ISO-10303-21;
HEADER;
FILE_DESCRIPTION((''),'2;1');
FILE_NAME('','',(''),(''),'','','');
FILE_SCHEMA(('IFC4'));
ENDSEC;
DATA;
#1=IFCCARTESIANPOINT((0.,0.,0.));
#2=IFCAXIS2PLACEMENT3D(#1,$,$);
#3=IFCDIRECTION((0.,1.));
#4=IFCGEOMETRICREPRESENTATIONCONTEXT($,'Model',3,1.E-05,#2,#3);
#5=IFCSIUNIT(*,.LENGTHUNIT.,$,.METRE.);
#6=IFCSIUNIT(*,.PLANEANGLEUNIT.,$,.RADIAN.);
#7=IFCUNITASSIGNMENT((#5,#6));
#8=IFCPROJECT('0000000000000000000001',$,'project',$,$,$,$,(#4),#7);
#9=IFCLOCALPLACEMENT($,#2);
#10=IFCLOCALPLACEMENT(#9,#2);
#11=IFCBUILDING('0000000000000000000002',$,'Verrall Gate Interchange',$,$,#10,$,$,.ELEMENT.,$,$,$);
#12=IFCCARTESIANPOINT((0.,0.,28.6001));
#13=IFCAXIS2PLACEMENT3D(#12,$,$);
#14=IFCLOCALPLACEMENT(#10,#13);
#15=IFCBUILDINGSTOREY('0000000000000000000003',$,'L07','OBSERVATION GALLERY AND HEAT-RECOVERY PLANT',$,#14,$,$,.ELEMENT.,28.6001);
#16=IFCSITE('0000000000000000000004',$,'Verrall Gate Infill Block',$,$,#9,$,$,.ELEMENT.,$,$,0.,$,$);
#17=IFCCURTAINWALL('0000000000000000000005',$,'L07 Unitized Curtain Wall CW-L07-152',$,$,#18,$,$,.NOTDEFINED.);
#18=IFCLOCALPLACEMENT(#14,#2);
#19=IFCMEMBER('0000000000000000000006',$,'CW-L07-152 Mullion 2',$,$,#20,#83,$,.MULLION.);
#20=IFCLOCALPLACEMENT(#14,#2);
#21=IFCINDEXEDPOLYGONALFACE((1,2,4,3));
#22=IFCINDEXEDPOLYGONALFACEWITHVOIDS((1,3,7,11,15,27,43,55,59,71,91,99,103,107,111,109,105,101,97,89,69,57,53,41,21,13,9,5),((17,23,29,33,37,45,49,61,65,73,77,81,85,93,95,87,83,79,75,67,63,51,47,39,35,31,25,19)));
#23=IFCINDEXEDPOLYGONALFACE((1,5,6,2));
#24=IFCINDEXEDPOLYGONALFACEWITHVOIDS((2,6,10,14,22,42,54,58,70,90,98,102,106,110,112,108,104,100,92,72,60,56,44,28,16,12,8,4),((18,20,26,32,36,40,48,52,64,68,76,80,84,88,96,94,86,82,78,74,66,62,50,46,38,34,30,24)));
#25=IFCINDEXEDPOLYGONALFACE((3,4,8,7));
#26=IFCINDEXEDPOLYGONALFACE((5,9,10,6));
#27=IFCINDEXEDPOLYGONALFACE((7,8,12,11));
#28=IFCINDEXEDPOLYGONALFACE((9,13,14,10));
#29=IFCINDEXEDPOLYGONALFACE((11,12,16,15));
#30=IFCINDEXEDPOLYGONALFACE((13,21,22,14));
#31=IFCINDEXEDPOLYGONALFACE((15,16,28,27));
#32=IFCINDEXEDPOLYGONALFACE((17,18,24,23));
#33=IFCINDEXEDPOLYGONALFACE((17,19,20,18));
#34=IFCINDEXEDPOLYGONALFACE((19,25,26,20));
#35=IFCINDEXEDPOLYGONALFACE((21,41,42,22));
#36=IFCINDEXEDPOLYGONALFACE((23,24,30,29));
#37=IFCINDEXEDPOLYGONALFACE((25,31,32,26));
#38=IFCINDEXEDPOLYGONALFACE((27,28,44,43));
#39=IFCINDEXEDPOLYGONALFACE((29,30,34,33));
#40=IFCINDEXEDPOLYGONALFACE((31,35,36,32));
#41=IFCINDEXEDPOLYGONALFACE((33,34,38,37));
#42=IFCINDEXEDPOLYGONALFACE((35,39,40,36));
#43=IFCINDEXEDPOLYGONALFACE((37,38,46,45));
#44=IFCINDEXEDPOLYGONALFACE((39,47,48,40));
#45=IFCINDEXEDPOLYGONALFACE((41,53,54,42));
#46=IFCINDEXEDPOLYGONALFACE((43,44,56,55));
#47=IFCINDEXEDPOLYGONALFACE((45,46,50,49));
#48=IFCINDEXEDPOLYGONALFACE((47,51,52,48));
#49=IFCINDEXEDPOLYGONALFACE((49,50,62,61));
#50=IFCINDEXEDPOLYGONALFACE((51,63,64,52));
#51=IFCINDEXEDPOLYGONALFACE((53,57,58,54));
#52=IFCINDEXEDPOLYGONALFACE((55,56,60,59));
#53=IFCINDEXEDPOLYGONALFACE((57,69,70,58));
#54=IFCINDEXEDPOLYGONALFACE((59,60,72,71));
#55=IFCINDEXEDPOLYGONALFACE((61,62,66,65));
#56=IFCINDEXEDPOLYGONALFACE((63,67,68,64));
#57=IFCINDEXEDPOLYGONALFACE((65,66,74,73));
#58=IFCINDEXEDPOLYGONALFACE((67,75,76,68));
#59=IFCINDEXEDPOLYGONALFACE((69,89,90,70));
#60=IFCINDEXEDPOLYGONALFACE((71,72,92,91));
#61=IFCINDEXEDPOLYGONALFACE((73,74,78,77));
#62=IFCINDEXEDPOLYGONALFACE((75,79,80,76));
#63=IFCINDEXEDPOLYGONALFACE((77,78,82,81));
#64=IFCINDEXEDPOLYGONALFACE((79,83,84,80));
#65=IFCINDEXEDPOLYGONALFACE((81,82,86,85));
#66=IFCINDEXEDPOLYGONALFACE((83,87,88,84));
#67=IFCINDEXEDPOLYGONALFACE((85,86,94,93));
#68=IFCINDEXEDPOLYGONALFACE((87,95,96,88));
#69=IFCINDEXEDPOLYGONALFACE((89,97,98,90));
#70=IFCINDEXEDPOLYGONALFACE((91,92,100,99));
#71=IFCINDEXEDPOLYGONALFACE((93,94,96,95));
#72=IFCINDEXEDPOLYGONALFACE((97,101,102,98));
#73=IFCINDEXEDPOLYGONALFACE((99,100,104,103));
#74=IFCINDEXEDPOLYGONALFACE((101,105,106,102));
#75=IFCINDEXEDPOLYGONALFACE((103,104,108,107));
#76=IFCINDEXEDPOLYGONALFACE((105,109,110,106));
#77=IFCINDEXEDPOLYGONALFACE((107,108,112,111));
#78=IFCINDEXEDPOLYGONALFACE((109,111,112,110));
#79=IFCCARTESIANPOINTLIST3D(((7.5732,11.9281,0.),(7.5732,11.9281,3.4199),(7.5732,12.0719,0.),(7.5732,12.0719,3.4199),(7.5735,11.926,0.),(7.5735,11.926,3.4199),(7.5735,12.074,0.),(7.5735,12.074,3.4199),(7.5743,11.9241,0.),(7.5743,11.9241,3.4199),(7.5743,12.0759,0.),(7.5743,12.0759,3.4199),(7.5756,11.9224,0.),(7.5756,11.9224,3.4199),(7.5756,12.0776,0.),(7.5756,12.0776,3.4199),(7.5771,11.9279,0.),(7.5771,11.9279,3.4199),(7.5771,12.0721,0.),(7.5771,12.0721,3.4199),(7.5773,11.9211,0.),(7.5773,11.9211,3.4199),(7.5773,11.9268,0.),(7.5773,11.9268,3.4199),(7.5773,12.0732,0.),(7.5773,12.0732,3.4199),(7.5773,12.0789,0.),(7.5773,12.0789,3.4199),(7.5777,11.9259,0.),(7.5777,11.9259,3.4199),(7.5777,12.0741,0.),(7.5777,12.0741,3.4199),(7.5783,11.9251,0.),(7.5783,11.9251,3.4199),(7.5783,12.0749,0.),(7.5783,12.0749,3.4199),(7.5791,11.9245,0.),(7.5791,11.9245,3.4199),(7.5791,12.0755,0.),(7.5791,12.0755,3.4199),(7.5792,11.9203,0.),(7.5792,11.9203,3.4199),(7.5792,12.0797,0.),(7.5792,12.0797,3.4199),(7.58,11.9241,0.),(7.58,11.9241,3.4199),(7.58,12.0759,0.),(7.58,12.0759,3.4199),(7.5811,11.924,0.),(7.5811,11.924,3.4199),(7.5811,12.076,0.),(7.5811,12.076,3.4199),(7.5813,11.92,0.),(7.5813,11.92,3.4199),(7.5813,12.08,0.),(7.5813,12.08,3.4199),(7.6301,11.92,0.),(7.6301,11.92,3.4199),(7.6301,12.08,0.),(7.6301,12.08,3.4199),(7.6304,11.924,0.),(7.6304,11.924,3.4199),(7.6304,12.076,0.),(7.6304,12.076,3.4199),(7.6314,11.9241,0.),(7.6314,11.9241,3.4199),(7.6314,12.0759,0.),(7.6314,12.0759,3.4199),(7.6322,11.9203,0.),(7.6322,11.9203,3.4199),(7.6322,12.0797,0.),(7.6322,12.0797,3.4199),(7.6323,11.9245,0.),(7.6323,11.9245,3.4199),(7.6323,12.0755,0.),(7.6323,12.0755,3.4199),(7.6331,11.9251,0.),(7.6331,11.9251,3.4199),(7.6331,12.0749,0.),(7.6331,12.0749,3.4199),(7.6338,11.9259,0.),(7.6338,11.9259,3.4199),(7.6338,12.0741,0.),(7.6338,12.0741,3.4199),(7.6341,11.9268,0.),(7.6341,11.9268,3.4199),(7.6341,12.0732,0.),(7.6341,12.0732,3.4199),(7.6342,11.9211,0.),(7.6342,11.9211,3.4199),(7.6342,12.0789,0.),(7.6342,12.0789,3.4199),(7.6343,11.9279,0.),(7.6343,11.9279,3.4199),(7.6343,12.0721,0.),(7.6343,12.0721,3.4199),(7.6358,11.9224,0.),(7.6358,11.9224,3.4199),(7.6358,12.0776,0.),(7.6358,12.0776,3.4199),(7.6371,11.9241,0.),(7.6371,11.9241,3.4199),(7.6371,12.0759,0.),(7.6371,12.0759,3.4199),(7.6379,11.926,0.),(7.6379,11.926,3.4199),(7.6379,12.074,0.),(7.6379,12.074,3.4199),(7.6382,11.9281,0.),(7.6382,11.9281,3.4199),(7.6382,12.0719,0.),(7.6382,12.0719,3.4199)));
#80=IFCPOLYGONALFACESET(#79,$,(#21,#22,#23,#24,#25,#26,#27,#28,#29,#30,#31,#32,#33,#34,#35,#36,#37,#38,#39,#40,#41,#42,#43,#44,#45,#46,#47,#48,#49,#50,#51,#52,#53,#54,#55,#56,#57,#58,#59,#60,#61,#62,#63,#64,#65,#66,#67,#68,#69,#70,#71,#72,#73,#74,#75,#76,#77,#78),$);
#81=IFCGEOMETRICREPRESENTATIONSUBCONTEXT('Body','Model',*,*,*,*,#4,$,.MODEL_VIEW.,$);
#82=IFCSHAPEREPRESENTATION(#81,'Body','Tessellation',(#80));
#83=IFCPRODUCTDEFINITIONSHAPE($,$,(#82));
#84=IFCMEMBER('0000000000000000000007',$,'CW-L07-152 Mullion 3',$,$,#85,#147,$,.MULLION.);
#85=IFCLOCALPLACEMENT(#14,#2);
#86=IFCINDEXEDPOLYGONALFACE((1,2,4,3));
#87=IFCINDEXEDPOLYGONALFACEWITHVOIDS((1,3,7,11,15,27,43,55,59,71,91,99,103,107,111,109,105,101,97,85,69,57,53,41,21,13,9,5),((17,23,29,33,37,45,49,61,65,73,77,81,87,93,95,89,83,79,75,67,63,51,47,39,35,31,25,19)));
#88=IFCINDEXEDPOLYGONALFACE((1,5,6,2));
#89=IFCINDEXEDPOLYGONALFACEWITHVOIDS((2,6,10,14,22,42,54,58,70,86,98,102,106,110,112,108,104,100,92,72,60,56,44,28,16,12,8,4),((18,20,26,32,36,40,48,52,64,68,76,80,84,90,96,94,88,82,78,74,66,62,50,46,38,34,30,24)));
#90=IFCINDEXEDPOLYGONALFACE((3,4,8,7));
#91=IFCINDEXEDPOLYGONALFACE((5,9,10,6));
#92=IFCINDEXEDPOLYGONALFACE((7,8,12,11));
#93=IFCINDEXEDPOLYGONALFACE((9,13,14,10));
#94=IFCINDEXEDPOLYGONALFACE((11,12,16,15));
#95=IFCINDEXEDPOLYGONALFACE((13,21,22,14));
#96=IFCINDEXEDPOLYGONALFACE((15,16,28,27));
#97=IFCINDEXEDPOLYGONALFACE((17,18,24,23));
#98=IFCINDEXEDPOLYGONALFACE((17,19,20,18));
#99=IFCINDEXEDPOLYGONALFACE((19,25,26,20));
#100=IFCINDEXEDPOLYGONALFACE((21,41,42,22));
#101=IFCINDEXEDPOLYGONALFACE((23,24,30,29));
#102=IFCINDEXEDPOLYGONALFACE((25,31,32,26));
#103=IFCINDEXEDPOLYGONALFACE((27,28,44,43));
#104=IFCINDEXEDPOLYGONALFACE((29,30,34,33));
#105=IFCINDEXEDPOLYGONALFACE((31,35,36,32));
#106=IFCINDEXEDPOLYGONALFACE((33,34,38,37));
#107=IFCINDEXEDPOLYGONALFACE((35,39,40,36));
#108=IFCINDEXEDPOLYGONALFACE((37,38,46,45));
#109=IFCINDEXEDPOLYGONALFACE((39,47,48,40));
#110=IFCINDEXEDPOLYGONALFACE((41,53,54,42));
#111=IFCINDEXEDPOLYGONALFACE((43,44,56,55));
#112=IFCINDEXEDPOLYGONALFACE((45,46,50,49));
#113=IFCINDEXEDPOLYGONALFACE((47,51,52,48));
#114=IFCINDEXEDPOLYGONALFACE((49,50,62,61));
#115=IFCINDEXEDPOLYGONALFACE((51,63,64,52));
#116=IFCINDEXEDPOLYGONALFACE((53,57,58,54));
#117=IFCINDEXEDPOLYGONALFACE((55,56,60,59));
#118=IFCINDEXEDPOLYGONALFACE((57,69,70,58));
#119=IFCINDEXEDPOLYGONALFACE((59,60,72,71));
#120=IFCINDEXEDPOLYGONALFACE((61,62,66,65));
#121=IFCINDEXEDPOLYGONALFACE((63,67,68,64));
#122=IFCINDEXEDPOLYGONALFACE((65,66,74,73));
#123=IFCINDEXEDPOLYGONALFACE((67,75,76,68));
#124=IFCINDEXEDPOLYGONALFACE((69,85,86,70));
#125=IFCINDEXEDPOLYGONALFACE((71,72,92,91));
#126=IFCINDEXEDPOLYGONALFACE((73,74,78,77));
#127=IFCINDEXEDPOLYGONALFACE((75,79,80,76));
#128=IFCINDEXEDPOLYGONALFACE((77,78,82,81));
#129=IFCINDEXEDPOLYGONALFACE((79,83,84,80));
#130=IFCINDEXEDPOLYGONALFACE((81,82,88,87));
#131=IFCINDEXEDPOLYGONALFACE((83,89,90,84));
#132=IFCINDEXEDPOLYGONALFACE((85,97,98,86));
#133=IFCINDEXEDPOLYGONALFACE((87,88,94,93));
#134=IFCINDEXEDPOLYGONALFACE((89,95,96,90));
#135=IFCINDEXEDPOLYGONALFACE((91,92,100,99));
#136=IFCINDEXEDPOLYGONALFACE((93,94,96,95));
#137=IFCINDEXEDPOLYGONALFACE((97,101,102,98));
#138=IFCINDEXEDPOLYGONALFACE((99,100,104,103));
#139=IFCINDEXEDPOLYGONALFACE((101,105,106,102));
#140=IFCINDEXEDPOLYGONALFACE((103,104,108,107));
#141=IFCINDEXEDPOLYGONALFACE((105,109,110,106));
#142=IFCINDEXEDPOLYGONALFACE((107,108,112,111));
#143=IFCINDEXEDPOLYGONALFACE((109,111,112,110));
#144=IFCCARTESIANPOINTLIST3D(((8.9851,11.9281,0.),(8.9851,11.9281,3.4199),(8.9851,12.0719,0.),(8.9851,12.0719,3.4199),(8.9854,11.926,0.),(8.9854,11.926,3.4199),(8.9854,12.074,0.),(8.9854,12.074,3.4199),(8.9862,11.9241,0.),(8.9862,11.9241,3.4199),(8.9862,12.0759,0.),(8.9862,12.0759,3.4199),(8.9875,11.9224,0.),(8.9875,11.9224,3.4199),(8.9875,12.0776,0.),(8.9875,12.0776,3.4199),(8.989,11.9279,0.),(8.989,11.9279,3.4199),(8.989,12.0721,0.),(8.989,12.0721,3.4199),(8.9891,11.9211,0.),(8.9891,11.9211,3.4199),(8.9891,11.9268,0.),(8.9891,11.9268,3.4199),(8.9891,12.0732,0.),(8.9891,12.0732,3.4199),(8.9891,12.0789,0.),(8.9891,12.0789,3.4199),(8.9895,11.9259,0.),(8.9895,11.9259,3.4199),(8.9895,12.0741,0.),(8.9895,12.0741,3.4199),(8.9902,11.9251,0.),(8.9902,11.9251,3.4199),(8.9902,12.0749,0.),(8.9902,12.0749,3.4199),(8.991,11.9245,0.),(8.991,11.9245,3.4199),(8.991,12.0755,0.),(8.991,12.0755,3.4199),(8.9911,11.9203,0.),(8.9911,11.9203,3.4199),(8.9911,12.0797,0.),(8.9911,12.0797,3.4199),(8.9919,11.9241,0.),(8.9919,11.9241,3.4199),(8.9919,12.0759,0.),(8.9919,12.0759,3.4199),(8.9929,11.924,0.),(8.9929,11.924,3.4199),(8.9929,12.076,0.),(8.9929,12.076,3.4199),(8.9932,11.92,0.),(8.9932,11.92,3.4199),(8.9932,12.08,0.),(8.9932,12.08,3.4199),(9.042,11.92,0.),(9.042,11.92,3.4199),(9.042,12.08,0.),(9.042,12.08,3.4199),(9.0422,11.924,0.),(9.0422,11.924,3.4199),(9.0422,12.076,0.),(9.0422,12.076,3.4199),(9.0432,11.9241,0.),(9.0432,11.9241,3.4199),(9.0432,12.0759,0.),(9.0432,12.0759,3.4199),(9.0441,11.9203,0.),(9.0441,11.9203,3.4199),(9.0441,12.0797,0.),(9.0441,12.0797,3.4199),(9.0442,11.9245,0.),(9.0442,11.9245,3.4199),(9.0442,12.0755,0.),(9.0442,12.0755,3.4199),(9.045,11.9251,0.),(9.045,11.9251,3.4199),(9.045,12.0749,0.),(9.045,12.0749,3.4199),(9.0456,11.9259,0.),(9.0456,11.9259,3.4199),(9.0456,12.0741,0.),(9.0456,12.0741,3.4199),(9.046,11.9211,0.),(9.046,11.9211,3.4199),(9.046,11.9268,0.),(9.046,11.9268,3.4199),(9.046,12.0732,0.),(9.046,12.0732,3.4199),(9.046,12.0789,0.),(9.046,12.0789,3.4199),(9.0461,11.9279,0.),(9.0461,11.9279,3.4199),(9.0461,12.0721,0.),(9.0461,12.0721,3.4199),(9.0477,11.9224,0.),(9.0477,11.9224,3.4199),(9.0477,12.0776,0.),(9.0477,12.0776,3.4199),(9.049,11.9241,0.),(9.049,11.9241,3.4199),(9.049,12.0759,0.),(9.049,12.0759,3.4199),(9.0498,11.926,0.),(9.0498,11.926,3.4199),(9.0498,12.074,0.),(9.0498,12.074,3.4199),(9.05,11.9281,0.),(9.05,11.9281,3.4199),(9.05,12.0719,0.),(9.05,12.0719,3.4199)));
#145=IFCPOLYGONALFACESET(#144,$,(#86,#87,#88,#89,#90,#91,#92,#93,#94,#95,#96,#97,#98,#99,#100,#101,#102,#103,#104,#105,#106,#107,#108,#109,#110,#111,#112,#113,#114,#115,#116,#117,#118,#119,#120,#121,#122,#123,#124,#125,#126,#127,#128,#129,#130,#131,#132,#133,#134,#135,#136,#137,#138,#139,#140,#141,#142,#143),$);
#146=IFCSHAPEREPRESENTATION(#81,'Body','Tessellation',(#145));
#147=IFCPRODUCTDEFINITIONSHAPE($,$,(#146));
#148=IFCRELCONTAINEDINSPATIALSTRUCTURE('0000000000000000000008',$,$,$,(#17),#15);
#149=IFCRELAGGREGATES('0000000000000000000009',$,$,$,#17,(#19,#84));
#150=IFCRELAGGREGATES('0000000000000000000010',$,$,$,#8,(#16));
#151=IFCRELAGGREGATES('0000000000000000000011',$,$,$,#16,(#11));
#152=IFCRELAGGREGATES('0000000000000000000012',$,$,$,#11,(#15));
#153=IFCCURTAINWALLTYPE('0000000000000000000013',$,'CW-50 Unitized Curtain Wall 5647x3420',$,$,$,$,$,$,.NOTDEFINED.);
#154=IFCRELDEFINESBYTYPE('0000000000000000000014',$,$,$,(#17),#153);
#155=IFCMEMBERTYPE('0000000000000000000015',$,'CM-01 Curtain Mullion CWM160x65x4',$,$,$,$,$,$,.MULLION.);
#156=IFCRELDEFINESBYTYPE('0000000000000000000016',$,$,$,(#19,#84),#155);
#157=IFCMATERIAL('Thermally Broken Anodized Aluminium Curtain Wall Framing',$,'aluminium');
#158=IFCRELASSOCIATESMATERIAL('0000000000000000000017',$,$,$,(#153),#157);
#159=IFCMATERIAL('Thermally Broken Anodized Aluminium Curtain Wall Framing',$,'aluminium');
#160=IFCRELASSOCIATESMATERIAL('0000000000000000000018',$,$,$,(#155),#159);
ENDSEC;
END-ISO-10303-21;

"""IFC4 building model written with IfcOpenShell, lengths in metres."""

from ifc_helpers import new_model, si_unit, direction, frame, origin, origin_2d, place, context, subcontext, project, spatial, hollow_rectangle, extrude, material, material_profile, profile_set, type_object, element, aggregate, save


model = new_model("IFC4")

# Units and contexts
model_context = context("Model", 3, precision=1e-05, world=origin(), true_north=direction((0.0, 1.0)))
body_context = subcontext(model_context, "Body", "Model", "MODEL_VIEW")
ifc_project = project(units=[si_unit("LENGTHUNIT", "METRE"), si_unit("PLANEANGLEUNIT", "RADIAN")], contexts=[model_context])

# Site, building, storey
site_placement = place(None, origin())
site = spatial("IfcSite", under=ifc_project, at=site_placement, Name="Verrall Gate Infill Block", CompositionType="ELEMENT", RefElevation=0.0)
building_placement = place(site_placement, origin())
building = spatial("IfcBuilding", under=site, at=building_placement, Name="Verrall Gate Interchange", CompositionType="ELEMENT")
storey_placement = place(building_placement, frame((0.0, 0.0, 28.6001)))
storey = spatial("IfcBuildingStorey", under=building, at=storey_placement, Name="L07", Description="OBSERVATION GALLERY AND HEAT-RECOVERY PLANT", CompositionType="ELEMENT", Elevation=28.6001)

# Curtain wall, members
ifc_material_1 = material(Name="Thermally Broken Anodized Aluminium Curtain Wall Framing", Category="aluminium")
curtain_wall_type = type_object("IfcCurtainWallType", Name="CW-50 Unitized Curtain Wall 5647x3420", PredefinedType="NOTDEFINED", material=ifc_material_1)
curtain_wall_placement = place(storey_placement, origin())
curtain_wall = element("IfcCurtainWall", 1, at=curtain_wall_placement, inside=storey, type_object=curtain_wall_type, Name="L07 Unitized Curtain Wall CW-L07-152", PredefinedType="NOTDEFINED")
ifc_material_2 = material(Name="Thermally Broken Anodized Aluminium Curtain Wall Framing", Category="aluminium")
ifc_material_profile_1 = material_profile(ifc_material_2, hollow_rectangle(XDim=0.0649, YDim=0.1599, WallThickness=0.0039, InnerFilletRadius=0.0039, OuterFilletRadius=0.0081, at=origin_2d()), Name="CWM160x65x4")
ifc_profile_set_1 = profile_set([ifc_material_profile_1], Name="Thermally Broken Anodized Aluminium Curtain Wall Framing")
member_type_1 = type_object("IfcMemberType", Name="CM-01 Curtain Mullion CWM160x65x4", PredefinedType="MULLION", material=ifc_profile_set_1)
member_1_placement = place(storey_placement, frame((7.6057, 12.0, 0.0), z_axis=(0.0, 0.0, 1.0), x_axis=(1.0, 0.0, 0.0)))
member_1 = element("IfcMember", 2, at=member_1_placement, type_object=member_type_1, Name="CW-L07-152 Mullion 2", PredefinedType="MULLION", context=body_context, shape_type="SweptSolid", body=[
    extrude(hollow_rectangle(XDim=0.0649, YDim=0.1599, WallThickness=0.0039, InnerFilletRadius=0.0039, OuterFilletRadius=0.0081, at=origin_2d()), origin(), (0.0, 0.0, 1.0), 3.4199),
])
member_2_placement = place(storey_placement, frame((9.0176, 12.0, 0.0), z_axis=(0.0, 0.0, 1.0), x_axis=(1.0, 0.0, 0.0)))
member_2 = element("IfcMember", 3, at=member_2_placement, type_object=member_type_1, Name="CW-L07-152 Mullion 3", PredefinedType="MULLION", context=body_context, shape_type="SweptSolid", body=[
    extrude(hollow_rectangle(XDim=0.0649, YDim=0.1599, WallThickness=0.0039, InnerFilletRadius=0.0039, OuterFilletRadius=0.0081, at=origin_2d()), origin(), (0.0, 0.0, 1.0), 3.4199),
])
aggregate(curtain_wall, [member_1, member_2])

save(model, "model.ifc")
